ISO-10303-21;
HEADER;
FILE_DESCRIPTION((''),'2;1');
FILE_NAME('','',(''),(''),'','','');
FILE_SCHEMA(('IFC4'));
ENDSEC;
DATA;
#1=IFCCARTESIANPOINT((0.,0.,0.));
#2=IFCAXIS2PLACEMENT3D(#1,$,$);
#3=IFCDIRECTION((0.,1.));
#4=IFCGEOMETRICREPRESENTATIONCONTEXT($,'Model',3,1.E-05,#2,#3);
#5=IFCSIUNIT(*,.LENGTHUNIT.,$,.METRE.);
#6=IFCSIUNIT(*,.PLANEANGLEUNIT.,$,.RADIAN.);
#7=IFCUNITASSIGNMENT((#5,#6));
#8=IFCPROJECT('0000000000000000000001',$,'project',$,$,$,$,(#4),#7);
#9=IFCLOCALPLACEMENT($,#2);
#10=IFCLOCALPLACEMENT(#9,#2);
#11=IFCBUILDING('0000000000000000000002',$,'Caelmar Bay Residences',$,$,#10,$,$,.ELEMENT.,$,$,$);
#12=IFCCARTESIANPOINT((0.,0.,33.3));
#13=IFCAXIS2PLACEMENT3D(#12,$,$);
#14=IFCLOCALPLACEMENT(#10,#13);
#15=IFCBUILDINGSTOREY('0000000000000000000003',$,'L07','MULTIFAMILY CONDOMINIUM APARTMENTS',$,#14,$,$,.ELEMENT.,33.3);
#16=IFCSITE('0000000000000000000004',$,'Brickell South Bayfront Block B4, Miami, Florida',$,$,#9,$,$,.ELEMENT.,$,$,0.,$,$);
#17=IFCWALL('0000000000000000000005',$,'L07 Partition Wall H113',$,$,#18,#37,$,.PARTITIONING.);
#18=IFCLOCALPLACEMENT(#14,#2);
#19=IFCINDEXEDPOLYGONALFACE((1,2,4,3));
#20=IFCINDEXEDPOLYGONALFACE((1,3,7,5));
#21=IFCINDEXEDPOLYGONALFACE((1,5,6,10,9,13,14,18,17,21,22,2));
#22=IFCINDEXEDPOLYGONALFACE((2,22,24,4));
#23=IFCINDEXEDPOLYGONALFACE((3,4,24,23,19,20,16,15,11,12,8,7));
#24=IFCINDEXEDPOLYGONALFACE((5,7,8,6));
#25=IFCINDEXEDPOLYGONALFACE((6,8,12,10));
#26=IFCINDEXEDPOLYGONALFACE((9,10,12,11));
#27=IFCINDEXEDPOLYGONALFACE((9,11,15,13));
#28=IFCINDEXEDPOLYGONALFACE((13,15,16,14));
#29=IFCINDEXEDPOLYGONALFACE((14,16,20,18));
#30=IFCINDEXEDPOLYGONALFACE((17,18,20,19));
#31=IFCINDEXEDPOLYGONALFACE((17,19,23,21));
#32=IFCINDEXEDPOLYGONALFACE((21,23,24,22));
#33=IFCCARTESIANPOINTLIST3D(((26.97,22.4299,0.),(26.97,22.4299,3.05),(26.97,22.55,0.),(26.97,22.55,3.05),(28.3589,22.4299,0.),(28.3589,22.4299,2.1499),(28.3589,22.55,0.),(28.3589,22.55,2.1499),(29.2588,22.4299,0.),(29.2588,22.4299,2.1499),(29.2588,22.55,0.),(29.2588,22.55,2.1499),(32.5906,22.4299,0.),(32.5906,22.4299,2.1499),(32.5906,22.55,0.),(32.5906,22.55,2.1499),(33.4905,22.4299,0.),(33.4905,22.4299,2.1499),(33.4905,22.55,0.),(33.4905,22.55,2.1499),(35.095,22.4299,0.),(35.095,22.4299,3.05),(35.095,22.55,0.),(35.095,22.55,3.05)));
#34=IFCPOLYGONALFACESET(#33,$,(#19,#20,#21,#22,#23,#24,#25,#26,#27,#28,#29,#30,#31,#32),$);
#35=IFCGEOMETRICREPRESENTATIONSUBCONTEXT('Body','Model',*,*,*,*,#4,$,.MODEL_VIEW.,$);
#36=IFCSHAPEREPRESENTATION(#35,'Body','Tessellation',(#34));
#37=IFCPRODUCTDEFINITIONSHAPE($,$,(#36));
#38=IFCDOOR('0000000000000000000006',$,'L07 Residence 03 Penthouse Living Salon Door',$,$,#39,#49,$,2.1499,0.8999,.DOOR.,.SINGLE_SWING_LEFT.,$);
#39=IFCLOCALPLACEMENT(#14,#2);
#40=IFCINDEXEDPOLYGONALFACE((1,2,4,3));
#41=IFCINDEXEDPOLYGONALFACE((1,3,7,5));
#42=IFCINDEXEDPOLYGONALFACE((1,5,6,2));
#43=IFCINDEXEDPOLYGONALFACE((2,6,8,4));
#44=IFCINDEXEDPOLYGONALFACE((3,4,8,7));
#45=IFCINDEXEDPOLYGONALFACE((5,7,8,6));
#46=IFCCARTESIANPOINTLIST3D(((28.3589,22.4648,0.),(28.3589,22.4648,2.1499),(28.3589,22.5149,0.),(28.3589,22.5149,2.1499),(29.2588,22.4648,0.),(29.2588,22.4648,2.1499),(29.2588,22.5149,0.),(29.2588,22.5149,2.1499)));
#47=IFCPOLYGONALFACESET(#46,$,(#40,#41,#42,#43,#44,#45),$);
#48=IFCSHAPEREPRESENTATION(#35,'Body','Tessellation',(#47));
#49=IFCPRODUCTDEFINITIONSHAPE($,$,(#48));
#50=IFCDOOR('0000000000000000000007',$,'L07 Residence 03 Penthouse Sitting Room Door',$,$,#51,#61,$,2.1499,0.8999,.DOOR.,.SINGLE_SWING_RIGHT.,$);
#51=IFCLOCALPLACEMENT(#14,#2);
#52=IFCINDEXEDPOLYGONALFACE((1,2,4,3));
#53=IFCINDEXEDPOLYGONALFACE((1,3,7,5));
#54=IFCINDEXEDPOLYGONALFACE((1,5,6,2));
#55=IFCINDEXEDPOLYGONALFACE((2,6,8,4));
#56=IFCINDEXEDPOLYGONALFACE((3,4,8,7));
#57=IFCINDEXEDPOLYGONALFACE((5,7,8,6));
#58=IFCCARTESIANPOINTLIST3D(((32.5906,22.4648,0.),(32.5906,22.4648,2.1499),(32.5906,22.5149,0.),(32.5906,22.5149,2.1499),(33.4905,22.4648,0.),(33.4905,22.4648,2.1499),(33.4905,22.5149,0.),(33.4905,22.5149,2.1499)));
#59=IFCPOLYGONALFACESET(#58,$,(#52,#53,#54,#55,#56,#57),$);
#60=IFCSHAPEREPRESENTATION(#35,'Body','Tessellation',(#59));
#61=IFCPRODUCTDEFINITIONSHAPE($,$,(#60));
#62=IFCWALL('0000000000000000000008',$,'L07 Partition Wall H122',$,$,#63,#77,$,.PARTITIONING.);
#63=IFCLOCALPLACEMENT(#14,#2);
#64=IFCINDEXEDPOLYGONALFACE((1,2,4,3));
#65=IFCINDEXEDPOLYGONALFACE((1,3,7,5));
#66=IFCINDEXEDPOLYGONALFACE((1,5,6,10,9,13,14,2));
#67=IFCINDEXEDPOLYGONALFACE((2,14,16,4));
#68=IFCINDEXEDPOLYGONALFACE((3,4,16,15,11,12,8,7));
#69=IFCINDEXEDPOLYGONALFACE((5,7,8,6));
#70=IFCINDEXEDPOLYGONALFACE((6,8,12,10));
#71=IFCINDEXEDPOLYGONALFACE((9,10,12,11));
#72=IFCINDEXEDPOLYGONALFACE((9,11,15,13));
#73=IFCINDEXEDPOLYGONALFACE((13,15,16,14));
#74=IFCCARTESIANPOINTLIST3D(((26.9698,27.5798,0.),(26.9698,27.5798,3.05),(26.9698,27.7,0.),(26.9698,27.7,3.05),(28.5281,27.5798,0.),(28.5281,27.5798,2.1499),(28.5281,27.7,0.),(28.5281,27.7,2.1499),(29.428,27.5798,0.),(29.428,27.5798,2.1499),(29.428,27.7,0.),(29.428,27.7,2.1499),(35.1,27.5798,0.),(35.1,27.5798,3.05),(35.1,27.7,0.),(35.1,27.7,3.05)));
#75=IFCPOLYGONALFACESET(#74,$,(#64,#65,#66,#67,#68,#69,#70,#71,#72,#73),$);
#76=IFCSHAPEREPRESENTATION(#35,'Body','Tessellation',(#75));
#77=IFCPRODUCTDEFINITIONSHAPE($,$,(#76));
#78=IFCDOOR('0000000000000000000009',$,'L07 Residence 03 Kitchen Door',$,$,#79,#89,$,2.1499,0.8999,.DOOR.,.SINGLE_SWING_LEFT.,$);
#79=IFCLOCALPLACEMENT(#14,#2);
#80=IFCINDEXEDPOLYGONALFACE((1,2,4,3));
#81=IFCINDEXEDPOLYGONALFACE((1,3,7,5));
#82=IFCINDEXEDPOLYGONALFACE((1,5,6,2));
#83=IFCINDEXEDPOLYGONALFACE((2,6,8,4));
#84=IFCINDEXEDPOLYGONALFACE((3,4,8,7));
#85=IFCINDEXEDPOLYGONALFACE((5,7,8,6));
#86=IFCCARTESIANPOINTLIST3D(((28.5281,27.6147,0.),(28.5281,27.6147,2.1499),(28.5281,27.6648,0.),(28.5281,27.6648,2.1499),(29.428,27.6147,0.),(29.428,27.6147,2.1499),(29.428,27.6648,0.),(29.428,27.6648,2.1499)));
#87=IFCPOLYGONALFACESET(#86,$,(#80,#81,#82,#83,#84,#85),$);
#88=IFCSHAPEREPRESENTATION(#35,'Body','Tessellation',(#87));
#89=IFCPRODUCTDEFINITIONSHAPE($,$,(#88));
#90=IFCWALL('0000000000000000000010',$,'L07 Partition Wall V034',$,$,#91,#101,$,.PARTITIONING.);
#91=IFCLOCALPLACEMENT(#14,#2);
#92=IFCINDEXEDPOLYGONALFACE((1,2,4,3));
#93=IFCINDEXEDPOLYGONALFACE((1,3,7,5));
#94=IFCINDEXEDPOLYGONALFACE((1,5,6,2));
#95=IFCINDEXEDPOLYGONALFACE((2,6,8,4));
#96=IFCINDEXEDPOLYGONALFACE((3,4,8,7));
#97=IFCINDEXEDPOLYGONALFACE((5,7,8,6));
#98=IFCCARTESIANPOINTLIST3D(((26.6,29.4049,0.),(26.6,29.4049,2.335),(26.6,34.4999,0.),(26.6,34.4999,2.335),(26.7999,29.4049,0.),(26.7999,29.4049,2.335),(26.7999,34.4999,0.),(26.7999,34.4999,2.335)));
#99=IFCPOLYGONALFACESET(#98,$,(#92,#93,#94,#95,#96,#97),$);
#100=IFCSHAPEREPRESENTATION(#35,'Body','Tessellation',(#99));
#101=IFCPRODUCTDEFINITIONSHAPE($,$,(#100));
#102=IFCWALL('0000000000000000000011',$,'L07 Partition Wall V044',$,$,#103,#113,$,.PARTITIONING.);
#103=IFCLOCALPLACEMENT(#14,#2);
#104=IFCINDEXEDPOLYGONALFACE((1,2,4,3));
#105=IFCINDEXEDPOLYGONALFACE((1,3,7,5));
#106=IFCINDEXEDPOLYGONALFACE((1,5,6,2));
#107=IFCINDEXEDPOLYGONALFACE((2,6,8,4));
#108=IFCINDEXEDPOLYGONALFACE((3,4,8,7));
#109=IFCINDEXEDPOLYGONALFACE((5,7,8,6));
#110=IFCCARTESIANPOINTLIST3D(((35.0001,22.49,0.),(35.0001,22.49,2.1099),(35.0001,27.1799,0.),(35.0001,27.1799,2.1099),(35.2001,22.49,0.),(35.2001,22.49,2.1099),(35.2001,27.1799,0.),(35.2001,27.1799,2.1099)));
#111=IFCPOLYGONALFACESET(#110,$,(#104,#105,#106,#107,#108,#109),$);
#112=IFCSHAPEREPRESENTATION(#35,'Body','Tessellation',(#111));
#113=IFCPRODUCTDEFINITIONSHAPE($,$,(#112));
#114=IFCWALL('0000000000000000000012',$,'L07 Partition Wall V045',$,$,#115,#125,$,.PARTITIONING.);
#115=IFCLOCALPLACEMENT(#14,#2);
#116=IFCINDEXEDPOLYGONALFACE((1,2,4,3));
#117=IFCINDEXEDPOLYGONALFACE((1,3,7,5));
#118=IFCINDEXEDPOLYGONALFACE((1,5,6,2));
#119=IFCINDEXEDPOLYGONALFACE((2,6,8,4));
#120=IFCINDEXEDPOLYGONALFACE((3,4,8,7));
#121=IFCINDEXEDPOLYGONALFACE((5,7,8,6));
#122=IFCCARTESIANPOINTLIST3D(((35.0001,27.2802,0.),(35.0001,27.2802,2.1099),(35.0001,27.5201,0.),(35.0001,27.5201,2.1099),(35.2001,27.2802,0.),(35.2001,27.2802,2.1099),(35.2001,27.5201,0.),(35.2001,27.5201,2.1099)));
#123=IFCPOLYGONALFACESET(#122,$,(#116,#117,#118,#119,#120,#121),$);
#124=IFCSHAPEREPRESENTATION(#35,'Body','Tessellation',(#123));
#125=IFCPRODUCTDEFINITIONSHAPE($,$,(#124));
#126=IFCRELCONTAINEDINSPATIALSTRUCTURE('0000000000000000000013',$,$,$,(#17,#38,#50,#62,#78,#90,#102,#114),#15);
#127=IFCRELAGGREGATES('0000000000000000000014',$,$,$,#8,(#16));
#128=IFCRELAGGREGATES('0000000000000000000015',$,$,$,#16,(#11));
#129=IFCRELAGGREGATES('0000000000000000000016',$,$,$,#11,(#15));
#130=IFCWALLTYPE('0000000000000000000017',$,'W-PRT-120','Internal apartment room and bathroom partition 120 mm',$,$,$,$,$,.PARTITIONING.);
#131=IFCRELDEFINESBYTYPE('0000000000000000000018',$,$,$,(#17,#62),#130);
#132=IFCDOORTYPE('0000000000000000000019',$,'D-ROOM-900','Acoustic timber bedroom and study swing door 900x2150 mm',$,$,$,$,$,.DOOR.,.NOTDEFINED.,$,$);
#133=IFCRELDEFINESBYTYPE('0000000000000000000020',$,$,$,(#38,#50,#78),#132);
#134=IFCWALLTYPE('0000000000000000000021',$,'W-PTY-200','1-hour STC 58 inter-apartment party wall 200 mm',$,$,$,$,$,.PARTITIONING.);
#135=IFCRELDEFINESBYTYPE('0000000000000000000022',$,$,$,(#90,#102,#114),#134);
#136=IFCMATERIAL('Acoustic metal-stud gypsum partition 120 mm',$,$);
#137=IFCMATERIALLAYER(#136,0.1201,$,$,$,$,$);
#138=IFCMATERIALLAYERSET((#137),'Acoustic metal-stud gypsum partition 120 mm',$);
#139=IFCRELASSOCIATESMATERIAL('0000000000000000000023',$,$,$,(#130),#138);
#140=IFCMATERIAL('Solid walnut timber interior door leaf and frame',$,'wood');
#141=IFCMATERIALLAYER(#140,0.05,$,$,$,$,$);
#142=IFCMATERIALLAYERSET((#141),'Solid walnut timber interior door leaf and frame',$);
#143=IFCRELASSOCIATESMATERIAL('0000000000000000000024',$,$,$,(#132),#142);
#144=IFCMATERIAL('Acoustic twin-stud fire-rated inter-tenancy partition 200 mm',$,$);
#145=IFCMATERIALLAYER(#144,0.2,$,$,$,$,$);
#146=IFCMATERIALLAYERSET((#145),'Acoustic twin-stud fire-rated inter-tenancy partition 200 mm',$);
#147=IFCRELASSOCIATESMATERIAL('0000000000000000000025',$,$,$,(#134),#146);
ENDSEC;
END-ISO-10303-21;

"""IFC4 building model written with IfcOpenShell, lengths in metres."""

from ifc_helpers import new_model, si_unit, direction, frame, frame_2d, origin, place, context, subcontext, project, spatial, rectangle, extrude, material, layer, layer_set, type_object, element, fill, save


model = new_model("IFC4")

# Units and contexts
model_context = context("Model", 3, precision=1e-05, world=origin(), true_north=direction((0.0, 1.0)))
body_context = subcontext(model_context, "Body", "Model", "MODEL_VIEW")
ifc_project = project(units=[si_unit("LENGTHUNIT", "METRE"), si_unit("PLANEANGLEUNIT", "RADIAN")], contexts=[model_context])

# Site, building, storey
site_placement = place(None, origin())
site = spatial("IfcSite", under=ifc_project, at=site_placement, Name="Brickell South Bayfront Block B4, Miami, Florida", CompositionType="ELEMENT", RefElevation=0.0)
building_placement = place(site_placement, origin())
building = spatial("IfcBuilding", under=site, at=building_placement, Name="Caelmar Bay Residences", CompositionType="ELEMENT")
storey_placement = place(building_placement, frame((0.0, 0.0, 33.3)))
storey = spatial("IfcBuildingStorey", under=building, at=storey_placement, Name="L07", Description="MULTIFAMILY CONDOMINIUM APARTMENTS", CompositionType="ELEMENT", Elevation=33.3)

# Shared definitions
ifc_material_1 = material(Name="Acoustic metal-stud gypsum partition 120 mm")
ifc_layer_1 = layer(ifc_material_1, 0.1201)
ifc_layer_set_1 = layer_set([ifc_layer_1], Name="Acoustic metal-stud gypsum partition 120 mm")
wall_type_1 = type_object("IfcWallType", Name="W-PRT-120", Description="Internal apartment room and bathroom partition 120 mm", PredefinedType="PARTITIONING", material=ifc_layer_set_1)
ifc_material_2 = material(Name="Solid walnut timber interior door leaf and frame", Category="wood")
ifc_layer_2 = layer(ifc_material_2, 0.05)
ifc_layer_set_2 = layer_set([ifc_layer_2], Name="Solid walnut timber interior door leaf and frame")
door_type_1 = type_object("IfcDoorType", Name="D-ROOM-900", Description="Acoustic timber bedroom and study swing door 900x2150 mm", OperationType="NOTDEFINED", PredefinedType="DOOR", material=ifc_layer_set_2)

# Wall, openings, doors
wall_1_placement = place(storey_placement, frame((26.97, 22.49, 0.0), z_axis=(0.0, 0.0, 1.0), x_axis=(1.0, 0.0, 0.0)))
wall_1 = element("IfcWall", 1, at=wall_1_placement, inside=storey, type_object=wall_type_1, Name="L07 Partition Wall H113", PredefinedType="PARTITIONING", context=body_context, shape_type="SweptSolid", body=[
    extrude(rectangle(XDim=8.125, YDim=0.1201, at=frame_2d((4.0625, 0.0))), origin(), (0.0, 0.0, 1.0), 3.05),
])
opening_1_placement = place(wall_1_placement, frame((1.3889, 0.0, 0.0)))
opening_1 = element("IfcOpeningElement", 2, at=opening_1_placement, cuts=wall_1, PredefinedType="OPENING", context=body_context, shape_type="SweptSolid", body=[
    extrude(rectangle(XDim=0.8999, YDim=2.1499, at=frame_2d((0.45, 1.075))), frame((0.0, 0.0701, 0.0), z_axis=(0.0, -1.0, 0.0), x_axis=(1.0, 0.0, 0.0)), (0.0, 0.0, 1.0), 0.1401),
])
opening_2_placement = place(wall_1_placement, frame((5.6206, 0.0, 0.0)))
opening_2 = element("IfcOpeningElement", 3, at=opening_2_placement, cuts=wall_1, PredefinedType="OPENING", context=body_context, shape_type="SweptSolid", body=[
    extrude(rectangle(XDim=0.8999, YDim=2.1499, at=frame_2d((0.45, 1.075))), frame((0.0, 0.0701, 0.0), z_axis=(0.0, -1.0, 0.0), x_axis=(1.0, 0.0, 0.0)), (0.0, 0.0, 1.0), 0.1401),
])
door_1_placement = place(opening_1_placement, origin())
door_1 = element("IfcDoor", 4, at=door_1_placement, inside=storey, type_object=door_type_1, Name="L07 Residence 03 Penthouse Living Salon Door", OperationType="SINGLE_SWING_LEFT", OverallHeight=2.1499, OverallWidth=0.8999, PredefinedType="DOOR", context=body_context, shape_type="SweptSolid", body=[
    extrude(rectangle(XDim=0.8999, YDim=2.1499, at=frame_2d((0.45, 1.075))), frame((0.0, 0.0249, 0.0), z_axis=(0.0, -1.0, 0.0), x_axis=(1.0, 0.0, 0.0)), (0.0, 0.0, 1.0), 0.05),
])
fill(opening_1, door_1)
door_2_placement = place(opening_2_placement, origin())
door_2 = element("IfcDoor", 5, at=door_2_placement, inside=storey, type_object=door_type_1, Name="L07 Residence 03 Penthouse Sitting Room Door", OperationType="SINGLE_SWING_RIGHT", OverallHeight=2.1499, OverallWidth=0.8999, PredefinedType="DOOR", context=body_context, shape_type="SweptSolid", body=[
    extrude(rectangle(XDim=0.8999, YDim=2.1499, at=frame_2d((0.45, 1.075))), frame((0.0, 0.0249, 0.0), z_axis=(0.0, -1.0, 0.0), x_axis=(1.0, 0.0, 0.0)), (0.0, 0.0, 1.0), 0.05),
])
fill(opening_2, door_2)

# Wall, opening, door
wall_2_placement = place(storey_placement, frame((26.97, 27.6399, 0.0), z_axis=(0.0, 0.0, 1.0), x_axis=(1.0, 0.0, 0.0)))
wall_2 = element("IfcWall", 6, at=wall_2_placement, inside=storey, type_object=wall_type_1, Name="L07 Partition Wall H122", PredefinedType="PARTITIONING", context=body_context, shape_type="SweptSolid", body=[
    extrude(rectangle(XDim=8.1301, YDim=0.1201, at=frame_2d((4.0649, 0.0))), origin(), (0.0, 0.0, 1.0), 3.05),
])
opening_3_placement = place(wall_2_placement, frame((1.5581, 0.0, 0.0)))
opening_3 = element("IfcOpeningElement", 7, at=opening_3_placement, cuts=wall_2, PredefinedType="OPENING", context=body_context, shape_type="SweptSolid", body=[
    extrude(rectangle(XDim=0.8999, YDim=2.1499, at=frame_2d((0.45, 1.075))), frame((0.0, 0.0701, 0.0), z_axis=(0.0, -1.0, 0.0), x_axis=(1.0, 0.0, 0.0)), (0.0, 0.0, 1.0), 0.1401),
])
door_3_placement = place(opening_3_placement, origin())
door_3 = element("IfcDoor", 8, at=door_3_placement, inside=storey, type_object=door_type_1, Name="L07 Residence 03 Kitchen Door", OperationType="SINGLE_SWING_LEFT", OverallHeight=2.1499, OverallWidth=0.8999, PredefinedType="DOOR", context=body_context, shape_type="SweptSolid", body=[
    extrude(rectangle(XDim=0.8999, YDim=2.1499, at=frame_2d((0.45, 1.075))), frame((0.0, 0.0249, 0.0), z_axis=(0.0, -1.0, 0.0), x_axis=(1.0, 0.0, 0.0)), (0.0, 0.0, 1.0), 0.05),
])
fill(opening_3, door_3)

# Walls
ifc_material_3 = material(Name="Acoustic twin-stud fire-rated inter-tenancy partition 200 mm")
ifc_layer_3 = layer(ifc_material_3, 0.2)
ifc_layer_set_3 = layer_set([ifc_layer_3], Name="Acoustic twin-stud fire-rated inter-tenancy partition 200 mm")
wall_type_2 = type_object("IfcWallType", Name="W-PTY-200", Description="1-hour STC 58 inter-apartment party wall 200 mm", PredefinedType="PARTITIONING", material=ifc_layer_set_3)
wall_3_placement = place(storey_placement, frame((26.7, 29.405, 0.0), z_axis=(0.0, 0.0, 1.0), x_axis=(0.0, 1.0, 0.0)))
element("IfcWall", 9, at=wall_3_placement, inside=storey, type_object=wall_type_2, Name="L07 Partition Wall V034", PredefinedType="PARTITIONING", context=body_context, shape_type="SweptSolid", body=[
    extrude(rectangle(XDim=5.095, YDim=0.2, at=frame_2d((2.5474, 0.0))), origin(), (0.0, 0.0, 1.0), 2.335),
])
wall_4_placement = place(storey_placement, frame((35.1001, 22.49, 0.0), z_axis=(0.0, 0.0, 1.0), x_axis=(0.0, 1.0, 0.0)))
element("IfcWall", 10, at=wall_4_placement, inside=storey, type_object=wall_type_2, Name="L07 Partition Wall V044", PredefinedType="PARTITIONING", context=body_context, shape_type="SweptSolid", body=[
    extrude(rectangle(XDim=4.6899, YDim=0.2, at=frame_2d((2.345, 0.0))), origin(), (0.0, 0.0, 1.0), 2.1099),
])
wall_5_placement = place(storey_placement, frame((35.1001, 27.28, 0.0), z_axis=(0.0, 0.0, 1.0), x_axis=(0.0, 1.0, 0.0)))
element("IfcWall", 11, at=wall_5_placement, inside=storey, type_object=wall_type_2, Name="L07 Partition Wall V045", PredefinedType="PARTITIONING", context=body_context, shape_type="SweptSolid", body=[
    extrude(rectangle(XDim=0.24, YDim=0.2, at=frame_2d((0.1201, 0.0))), origin(), (0.0, 0.0, 1.0), 2.1099),
])

save(model, "model.ifc")
